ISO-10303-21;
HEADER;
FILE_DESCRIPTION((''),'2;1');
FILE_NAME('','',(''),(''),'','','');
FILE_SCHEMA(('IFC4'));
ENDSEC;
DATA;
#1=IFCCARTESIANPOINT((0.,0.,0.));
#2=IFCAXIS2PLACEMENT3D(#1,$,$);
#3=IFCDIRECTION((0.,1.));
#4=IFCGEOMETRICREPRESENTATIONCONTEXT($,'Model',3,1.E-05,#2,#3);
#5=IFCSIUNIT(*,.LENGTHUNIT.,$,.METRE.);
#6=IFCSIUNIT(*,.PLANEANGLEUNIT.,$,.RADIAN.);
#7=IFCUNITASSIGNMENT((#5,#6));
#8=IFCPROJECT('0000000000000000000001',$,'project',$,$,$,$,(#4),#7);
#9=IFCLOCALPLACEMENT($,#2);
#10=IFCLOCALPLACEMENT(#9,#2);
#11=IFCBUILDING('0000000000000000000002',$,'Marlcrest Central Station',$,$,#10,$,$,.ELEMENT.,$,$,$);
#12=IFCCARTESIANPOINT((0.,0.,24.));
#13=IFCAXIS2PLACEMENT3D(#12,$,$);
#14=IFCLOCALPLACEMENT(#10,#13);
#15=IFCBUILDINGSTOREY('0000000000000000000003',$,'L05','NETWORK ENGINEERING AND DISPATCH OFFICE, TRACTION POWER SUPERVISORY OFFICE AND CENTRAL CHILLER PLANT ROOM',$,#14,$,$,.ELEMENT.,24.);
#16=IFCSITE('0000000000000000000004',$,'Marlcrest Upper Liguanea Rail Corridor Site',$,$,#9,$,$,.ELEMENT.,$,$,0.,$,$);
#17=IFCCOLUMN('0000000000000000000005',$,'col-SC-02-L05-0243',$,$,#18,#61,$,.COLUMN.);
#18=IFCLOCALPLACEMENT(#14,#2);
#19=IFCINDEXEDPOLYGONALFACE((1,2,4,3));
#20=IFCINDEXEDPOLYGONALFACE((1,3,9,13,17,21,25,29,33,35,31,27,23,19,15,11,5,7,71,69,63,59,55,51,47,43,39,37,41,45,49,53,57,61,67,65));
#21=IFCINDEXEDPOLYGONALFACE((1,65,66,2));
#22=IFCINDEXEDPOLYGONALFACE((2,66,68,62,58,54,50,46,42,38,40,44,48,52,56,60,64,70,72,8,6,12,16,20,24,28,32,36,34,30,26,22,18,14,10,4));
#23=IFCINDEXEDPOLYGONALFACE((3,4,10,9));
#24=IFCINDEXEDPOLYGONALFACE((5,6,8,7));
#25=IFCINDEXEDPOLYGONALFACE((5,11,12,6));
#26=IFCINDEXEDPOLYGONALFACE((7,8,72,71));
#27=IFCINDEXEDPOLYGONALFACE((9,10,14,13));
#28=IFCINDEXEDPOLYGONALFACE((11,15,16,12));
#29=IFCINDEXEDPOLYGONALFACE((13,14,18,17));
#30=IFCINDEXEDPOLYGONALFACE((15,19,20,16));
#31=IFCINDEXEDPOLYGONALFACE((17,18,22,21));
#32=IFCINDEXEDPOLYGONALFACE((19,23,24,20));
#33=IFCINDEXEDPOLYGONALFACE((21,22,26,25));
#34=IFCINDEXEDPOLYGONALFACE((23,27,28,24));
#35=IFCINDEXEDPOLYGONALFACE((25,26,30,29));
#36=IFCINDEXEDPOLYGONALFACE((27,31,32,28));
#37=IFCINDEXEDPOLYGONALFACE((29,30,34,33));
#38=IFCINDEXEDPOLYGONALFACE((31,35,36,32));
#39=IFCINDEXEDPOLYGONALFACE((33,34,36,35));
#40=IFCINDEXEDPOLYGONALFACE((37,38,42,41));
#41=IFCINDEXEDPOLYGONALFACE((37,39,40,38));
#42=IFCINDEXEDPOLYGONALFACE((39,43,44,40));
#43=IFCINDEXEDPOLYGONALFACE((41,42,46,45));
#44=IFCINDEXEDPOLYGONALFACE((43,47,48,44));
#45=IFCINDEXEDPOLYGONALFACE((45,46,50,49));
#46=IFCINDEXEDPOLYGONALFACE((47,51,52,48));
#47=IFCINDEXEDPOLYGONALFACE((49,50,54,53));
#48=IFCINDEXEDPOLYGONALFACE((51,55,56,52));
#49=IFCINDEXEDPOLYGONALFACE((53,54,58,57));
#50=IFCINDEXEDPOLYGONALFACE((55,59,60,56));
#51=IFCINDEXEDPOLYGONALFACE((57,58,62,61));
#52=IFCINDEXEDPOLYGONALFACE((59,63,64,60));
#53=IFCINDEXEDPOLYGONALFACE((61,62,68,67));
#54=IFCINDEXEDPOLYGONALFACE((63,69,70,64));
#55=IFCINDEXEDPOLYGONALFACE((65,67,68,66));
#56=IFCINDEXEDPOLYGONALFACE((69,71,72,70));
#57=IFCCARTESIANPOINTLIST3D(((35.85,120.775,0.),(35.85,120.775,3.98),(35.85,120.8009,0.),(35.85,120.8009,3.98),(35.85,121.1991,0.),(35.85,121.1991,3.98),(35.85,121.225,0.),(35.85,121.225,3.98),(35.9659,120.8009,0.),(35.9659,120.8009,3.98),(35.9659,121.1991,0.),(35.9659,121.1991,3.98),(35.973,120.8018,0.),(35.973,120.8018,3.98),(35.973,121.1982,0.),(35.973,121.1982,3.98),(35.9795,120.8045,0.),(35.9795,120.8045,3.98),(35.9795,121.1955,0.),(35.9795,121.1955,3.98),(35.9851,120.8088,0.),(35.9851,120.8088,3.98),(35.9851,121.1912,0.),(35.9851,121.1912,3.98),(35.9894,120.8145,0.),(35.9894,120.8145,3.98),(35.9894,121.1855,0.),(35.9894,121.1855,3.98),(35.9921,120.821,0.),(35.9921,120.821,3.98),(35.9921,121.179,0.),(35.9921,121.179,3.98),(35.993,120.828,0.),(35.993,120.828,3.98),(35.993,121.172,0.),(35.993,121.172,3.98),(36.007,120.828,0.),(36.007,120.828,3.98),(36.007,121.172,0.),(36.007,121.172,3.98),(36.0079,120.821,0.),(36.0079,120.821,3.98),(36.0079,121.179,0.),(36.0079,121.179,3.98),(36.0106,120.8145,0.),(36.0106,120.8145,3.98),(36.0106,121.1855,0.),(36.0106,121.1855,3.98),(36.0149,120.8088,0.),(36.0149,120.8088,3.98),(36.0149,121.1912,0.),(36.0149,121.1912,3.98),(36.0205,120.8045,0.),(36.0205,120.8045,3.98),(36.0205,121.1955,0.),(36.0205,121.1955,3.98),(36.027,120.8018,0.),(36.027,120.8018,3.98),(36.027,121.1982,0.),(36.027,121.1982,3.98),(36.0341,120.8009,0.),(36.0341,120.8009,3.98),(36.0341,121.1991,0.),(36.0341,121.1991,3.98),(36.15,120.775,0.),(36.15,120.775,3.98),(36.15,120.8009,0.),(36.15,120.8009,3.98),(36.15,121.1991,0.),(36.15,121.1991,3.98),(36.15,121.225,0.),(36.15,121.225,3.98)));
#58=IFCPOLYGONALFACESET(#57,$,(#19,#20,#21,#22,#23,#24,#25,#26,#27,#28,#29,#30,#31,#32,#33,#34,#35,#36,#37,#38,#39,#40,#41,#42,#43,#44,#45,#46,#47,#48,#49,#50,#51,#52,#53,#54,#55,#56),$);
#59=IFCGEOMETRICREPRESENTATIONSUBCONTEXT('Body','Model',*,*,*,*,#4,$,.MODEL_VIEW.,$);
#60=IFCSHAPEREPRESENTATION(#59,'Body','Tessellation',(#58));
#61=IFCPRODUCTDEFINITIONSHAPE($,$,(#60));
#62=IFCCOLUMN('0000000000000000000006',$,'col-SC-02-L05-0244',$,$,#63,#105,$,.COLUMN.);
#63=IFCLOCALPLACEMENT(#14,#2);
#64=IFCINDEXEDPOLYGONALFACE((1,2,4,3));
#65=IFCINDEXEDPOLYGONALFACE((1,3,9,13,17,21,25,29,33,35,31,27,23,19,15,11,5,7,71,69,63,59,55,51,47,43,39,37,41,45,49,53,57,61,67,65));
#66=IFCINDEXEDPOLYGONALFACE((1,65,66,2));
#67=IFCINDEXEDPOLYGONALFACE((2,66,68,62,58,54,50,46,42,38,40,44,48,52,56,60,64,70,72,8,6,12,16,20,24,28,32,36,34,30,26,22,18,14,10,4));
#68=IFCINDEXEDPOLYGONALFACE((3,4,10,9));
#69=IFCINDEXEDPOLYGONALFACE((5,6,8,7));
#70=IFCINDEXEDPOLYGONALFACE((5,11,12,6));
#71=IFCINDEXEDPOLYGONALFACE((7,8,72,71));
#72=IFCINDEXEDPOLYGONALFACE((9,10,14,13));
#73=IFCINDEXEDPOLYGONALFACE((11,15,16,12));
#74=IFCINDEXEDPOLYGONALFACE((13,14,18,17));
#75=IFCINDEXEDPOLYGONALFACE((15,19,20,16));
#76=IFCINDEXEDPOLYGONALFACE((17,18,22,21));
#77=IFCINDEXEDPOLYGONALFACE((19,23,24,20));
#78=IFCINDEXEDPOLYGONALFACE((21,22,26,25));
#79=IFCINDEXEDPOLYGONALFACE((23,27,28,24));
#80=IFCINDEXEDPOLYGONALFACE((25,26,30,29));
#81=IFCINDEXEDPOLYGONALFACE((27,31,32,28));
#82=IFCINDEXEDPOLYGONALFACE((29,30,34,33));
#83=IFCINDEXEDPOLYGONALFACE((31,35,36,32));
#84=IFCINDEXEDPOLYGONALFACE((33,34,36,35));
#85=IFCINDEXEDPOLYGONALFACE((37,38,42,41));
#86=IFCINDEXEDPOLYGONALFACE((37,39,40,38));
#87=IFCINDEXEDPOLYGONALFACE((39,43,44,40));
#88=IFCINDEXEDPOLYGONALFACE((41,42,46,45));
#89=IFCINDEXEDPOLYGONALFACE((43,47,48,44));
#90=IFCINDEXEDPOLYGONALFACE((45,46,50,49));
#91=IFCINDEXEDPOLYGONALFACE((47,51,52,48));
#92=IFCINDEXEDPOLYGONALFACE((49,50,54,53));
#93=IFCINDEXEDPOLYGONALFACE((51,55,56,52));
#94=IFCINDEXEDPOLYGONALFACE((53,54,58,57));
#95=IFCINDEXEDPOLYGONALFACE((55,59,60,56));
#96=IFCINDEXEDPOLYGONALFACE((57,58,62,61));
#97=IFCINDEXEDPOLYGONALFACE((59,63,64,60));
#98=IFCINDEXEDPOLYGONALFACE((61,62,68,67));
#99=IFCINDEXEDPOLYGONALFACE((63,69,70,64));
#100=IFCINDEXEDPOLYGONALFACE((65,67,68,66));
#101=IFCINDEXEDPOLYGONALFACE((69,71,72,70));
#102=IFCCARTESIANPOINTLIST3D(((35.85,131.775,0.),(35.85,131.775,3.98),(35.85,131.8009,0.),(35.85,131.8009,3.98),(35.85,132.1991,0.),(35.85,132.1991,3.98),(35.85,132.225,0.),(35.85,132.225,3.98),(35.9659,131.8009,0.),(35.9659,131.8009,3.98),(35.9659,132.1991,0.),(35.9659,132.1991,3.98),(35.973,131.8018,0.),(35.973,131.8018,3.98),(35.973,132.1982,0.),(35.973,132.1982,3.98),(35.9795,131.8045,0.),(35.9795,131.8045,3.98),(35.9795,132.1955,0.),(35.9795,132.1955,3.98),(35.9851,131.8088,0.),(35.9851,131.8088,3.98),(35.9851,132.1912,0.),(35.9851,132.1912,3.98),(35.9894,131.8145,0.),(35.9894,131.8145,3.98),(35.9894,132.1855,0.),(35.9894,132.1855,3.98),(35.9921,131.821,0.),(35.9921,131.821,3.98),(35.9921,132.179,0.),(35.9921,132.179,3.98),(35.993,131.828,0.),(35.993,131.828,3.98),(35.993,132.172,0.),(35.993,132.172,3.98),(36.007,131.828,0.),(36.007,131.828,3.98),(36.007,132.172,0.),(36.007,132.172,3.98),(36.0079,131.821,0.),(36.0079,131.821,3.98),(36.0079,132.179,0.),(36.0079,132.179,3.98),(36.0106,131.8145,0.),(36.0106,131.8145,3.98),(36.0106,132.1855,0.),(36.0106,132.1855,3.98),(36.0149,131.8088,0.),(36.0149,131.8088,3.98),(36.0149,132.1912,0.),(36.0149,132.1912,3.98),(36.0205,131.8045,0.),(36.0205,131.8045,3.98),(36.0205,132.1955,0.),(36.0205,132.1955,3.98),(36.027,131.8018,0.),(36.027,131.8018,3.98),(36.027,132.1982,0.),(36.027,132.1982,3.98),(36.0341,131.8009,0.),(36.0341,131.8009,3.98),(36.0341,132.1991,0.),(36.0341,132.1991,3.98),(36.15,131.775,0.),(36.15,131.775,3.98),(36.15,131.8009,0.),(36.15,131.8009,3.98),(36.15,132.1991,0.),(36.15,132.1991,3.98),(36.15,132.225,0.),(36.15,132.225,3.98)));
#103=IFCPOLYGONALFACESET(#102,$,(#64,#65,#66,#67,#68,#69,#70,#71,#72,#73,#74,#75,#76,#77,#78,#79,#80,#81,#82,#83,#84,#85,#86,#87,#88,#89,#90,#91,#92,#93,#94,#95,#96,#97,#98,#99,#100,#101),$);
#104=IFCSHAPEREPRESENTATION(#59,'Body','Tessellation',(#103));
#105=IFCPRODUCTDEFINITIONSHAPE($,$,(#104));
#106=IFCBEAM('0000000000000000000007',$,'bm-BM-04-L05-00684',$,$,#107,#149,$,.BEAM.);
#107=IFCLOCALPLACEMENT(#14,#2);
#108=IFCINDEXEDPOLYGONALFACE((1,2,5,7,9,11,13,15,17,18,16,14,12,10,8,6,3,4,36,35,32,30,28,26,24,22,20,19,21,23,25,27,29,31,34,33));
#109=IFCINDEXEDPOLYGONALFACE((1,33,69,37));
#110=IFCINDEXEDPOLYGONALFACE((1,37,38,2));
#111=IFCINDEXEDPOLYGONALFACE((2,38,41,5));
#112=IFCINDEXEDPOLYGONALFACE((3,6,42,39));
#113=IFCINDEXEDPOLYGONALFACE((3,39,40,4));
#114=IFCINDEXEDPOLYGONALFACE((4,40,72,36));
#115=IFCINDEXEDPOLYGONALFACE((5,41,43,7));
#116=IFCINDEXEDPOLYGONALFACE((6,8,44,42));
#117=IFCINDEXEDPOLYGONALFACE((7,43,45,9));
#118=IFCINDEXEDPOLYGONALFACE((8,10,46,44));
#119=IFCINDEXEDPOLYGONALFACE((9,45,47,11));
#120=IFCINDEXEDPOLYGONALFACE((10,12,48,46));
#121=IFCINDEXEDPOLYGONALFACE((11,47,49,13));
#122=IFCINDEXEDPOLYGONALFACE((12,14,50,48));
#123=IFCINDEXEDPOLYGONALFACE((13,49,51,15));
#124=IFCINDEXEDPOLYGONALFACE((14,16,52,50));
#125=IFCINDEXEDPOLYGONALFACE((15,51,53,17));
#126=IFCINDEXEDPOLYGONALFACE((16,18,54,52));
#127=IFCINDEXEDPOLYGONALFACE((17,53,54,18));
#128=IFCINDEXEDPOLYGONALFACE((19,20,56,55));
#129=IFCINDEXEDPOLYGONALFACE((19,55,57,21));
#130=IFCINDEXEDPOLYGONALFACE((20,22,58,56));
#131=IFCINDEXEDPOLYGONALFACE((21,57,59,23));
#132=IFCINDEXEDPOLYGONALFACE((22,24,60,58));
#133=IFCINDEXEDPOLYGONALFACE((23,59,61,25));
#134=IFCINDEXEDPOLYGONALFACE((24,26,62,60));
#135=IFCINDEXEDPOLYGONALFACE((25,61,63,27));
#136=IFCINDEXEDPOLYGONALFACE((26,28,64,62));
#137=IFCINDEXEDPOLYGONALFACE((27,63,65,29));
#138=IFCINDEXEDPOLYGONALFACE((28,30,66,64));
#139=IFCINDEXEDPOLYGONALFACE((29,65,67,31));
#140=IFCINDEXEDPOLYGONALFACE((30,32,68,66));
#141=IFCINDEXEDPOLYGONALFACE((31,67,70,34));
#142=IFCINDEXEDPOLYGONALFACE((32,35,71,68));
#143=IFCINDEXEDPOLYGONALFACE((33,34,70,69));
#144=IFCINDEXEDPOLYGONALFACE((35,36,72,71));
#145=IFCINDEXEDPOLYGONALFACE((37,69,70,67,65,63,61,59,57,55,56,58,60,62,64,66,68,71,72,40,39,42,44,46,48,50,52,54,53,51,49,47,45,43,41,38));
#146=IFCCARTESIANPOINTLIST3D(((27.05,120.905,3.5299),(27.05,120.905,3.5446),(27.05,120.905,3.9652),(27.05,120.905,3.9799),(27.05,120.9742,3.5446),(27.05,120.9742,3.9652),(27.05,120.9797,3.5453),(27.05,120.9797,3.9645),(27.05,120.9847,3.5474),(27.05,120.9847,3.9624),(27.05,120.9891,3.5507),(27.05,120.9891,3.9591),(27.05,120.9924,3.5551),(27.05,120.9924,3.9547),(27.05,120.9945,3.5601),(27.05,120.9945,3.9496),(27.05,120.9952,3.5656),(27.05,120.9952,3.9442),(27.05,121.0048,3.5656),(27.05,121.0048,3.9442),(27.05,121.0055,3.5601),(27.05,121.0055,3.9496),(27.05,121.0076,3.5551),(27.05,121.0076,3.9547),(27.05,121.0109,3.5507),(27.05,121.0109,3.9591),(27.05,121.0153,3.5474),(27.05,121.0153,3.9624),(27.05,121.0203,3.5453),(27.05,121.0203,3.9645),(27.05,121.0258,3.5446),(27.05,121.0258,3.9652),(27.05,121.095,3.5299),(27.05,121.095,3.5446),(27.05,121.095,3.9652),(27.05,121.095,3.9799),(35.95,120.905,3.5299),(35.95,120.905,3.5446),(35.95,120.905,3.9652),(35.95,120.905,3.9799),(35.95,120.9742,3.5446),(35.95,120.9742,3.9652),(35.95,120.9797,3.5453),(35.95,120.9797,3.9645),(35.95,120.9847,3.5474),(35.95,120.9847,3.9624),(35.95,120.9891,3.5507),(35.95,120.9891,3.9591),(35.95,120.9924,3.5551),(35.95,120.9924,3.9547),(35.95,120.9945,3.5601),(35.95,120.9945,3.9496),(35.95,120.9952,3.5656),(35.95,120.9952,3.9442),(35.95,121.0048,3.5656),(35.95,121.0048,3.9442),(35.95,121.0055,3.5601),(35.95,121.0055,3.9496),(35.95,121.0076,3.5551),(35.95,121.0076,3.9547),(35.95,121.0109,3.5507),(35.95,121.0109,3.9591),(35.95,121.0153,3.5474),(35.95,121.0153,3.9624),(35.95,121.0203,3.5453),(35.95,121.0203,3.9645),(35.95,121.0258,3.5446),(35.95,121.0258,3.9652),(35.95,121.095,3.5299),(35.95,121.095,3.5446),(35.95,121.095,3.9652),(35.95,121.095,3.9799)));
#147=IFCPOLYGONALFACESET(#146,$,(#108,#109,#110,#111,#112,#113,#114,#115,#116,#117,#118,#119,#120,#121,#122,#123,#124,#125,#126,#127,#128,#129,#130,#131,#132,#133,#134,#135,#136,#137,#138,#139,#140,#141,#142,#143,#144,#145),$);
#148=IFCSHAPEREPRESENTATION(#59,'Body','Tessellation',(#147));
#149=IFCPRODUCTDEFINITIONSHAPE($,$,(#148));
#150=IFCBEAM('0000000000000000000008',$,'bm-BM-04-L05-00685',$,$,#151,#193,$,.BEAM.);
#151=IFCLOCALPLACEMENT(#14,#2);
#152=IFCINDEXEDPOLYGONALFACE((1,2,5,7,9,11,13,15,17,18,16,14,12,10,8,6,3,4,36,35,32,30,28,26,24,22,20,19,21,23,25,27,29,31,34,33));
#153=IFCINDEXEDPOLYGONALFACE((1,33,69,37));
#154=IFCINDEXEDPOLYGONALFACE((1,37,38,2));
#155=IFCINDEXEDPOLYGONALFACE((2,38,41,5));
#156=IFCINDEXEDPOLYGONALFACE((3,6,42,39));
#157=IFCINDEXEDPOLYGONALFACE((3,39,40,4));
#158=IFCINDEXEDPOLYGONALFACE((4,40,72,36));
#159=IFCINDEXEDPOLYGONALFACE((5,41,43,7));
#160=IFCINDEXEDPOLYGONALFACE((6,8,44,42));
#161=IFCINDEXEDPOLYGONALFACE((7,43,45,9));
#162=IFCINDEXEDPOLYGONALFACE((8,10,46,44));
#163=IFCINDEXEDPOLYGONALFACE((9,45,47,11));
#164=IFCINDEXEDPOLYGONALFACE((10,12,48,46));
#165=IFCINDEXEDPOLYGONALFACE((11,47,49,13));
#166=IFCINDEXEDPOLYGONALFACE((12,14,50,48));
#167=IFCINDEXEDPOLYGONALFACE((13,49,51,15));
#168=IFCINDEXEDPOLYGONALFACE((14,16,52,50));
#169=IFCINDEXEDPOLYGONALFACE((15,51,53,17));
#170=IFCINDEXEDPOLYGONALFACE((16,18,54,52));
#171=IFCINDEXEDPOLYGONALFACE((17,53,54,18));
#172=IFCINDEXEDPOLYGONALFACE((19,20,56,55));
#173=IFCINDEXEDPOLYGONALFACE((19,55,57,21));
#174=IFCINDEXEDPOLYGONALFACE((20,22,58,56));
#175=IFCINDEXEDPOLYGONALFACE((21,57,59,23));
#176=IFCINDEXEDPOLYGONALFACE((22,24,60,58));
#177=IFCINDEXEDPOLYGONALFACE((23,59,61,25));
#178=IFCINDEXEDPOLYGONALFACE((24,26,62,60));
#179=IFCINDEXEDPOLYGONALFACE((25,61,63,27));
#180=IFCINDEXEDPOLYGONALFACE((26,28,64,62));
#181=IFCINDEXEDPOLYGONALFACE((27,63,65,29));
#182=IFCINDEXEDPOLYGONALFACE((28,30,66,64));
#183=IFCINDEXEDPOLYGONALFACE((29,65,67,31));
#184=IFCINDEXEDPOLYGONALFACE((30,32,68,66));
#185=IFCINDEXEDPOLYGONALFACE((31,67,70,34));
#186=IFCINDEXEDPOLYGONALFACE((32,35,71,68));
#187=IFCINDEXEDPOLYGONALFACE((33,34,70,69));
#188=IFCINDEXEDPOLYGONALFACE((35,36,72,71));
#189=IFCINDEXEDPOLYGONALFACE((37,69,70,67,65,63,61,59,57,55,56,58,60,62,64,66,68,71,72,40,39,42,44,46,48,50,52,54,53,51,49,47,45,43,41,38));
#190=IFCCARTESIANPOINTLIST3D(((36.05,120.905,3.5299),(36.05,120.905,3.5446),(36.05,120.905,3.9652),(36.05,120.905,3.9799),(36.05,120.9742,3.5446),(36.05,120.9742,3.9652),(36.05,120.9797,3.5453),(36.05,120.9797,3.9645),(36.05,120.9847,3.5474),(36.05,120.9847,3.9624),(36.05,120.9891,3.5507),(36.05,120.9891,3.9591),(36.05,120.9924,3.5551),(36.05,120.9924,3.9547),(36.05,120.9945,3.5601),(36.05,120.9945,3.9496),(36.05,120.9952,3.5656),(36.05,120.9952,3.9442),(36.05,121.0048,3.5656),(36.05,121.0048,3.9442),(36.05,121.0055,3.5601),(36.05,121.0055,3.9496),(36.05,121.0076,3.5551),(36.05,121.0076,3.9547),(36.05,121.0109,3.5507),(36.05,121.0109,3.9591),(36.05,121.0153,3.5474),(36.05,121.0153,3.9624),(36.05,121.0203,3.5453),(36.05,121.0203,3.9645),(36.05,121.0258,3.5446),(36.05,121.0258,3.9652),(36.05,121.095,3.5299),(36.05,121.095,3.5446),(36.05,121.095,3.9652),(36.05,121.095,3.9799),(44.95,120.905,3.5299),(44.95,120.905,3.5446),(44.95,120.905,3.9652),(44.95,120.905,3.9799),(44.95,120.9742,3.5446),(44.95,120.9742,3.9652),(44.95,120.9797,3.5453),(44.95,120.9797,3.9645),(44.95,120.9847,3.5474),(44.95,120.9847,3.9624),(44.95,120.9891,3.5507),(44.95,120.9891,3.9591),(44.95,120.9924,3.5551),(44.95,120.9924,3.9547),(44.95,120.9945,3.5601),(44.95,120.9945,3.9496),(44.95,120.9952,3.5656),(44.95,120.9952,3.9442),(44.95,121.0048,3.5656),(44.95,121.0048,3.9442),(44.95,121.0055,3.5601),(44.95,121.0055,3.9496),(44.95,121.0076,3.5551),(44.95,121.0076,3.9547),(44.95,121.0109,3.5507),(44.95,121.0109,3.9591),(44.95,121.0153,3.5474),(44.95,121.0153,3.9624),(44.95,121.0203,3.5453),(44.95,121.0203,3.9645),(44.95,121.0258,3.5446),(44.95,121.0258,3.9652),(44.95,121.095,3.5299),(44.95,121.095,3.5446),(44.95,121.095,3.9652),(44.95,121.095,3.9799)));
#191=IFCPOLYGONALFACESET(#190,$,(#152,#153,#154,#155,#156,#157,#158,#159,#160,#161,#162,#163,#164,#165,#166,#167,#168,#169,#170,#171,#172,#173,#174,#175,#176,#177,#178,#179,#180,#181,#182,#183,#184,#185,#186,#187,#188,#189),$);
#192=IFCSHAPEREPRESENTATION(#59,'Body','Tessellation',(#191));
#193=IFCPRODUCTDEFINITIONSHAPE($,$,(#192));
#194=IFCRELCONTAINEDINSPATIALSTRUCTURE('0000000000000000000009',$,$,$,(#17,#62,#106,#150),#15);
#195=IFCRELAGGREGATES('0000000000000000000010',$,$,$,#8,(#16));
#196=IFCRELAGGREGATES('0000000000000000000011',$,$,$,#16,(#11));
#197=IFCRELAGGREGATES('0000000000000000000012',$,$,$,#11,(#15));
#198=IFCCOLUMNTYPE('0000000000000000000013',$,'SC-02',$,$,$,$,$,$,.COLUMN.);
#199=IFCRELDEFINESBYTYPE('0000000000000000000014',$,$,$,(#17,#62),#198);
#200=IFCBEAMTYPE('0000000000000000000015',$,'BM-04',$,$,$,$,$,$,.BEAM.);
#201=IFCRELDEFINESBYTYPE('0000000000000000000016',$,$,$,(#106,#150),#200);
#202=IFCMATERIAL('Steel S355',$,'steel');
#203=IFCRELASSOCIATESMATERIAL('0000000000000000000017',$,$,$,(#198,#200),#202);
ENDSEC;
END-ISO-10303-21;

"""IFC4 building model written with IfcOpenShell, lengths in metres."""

from ifc_helpers import new_model, si_unit, direction, frame, origin, origin_2d, place, context, subcontext, project, spatial, i_section, extrude, material, material_profile, profile_set, type_object, element, save


model = new_model("IFC4")

# Units and contexts
model_context = context("Model", 3, precision=1e-05, world=origin(), true_north=direction((0.0, 1.0)))
body_context = subcontext(model_context, "Body", "Model", "MODEL_VIEW")
ifc_project = project(units=[si_unit("LENGTHUNIT", "METRE"), si_unit("PLANEANGLEUNIT", "RADIAN")], contexts=[model_context])

# Site, building, storey
site_placement = place(None, origin())
site = spatial("IfcSite", under=ifc_project, at=site_placement, Name="Marlcrest Upper Liguanea Rail Corridor Site", CompositionType="ELEMENT", RefElevation=0.0)
building_placement = place(site_placement, origin())
building = spatial("IfcBuilding", under=site, at=building_placement, Name="Marlcrest Central Station", CompositionType="ELEMENT")
storey_placement = place(building_placement, frame((0.0, 0.0, 24.0)))
storey = spatial("IfcBuildingStorey", under=building, at=storey_placement, Name="L05", Description="NETWORK ENGINEERING AND DISPATCH OFFICE, TRACTION POWER SUPERVISORY OFFICE AND CENTRAL CHILLER PLANT ROOM", CompositionType="ELEMENT", Elevation=24.0)

# Columns
ifc_material_1 = material(Name="Steel S355", Category="steel")
ifc_material_profile_1 = material_profile(ifc_material_1, i_section(OverallWidth=0.3, OverallDepth=0.45, WebThickness=0.0139, FlangeThickness=0.0259, FilletRadius=0.0271, at=origin_2d()), Name="HEB 450")
ifc_profile_set_1 = profile_set([ifc_material_profile_1], Name="Steel S355")
column_type = type_object("IfcColumnType", Name="SC-02", PredefinedType="COLUMN", material=ifc_profile_set_1)
for number, where, z_axis, x_axis, name in (
    (1, (36.0, 121.0, 0.0), (0.0, 0.0, 1.0), (1.0, 0.0, 0.0), "col-SC-02-L05-0243"),
    (2, (36.0, 132.0, 0.0), (0.0, 0.0, 1.0), (1.0, 0.0, 0.0), "col-SC-02-L05-0244"),
):
    element("IfcColumn", number, at=place(storey_placement, frame(where, z_axis=z_axis, x_axis=x_axis)), inside=storey, type_object=column_type, Name=name, PredefinedType="COLUMN", context=body_context, shape_type="SweptSolid", body=[
        extrude(i_section(OverallWidth=0.3, OverallDepth=0.45, WebThickness=0.0139, FlangeThickness=0.0259, FilletRadius=0.0271, at=origin_2d()), origin(), (0.0, 0.0, 1.0), 3.98),
    ])

# Beams
ifc_material_profile_2 = material_profile(ifc_material_1, i_section(OverallWidth=0.1899, OverallDepth=0.45, WebThickness=0.0095, FlangeThickness=0.0146, FilletRadius=0.021, at=origin_2d()), Name="IPE 450")
ifc_profile_set_2 = profile_set([ifc_material_profile_2], Name="Steel S355")
beam_type_1 = type_object("IfcBeamType", Name="BM-04", PredefinedType="BEAM", material=ifc_profile_set_2)
for number, where, z_axis, x_axis, name in (
    (3, (27.05, 121.0, 3.7549), (1.0, 0.0, 0.0), (0.0, 1.0, 0.0), "bm-BM-04-L05-00684"),
    (4, (36.05, 121.0, 3.7549), (1.0, 0.0, 0.0), (0.0, 1.0, 0.0), "bm-BM-04-L05-00685"),
):
    element("IfcBeam", number, at=place(storey_placement, frame(where, z_axis=z_axis, x_axis=x_axis)), inside=storey, type_object=beam_type_1, Name=name, PredefinedType="BEAM", context=body_context, shape_type="SweptSolid", body=[
        extrude(i_section(OverallWidth=0.1899, OverallDepth=0.45, WebThickness=0.0095, FlangeThickness=0.0146, FilletRadius=0.021, at=origin_2d()), origin(), (0.0, 0.0, 1.0), 8.8999),
    ])

save(model, "model.ifc")
